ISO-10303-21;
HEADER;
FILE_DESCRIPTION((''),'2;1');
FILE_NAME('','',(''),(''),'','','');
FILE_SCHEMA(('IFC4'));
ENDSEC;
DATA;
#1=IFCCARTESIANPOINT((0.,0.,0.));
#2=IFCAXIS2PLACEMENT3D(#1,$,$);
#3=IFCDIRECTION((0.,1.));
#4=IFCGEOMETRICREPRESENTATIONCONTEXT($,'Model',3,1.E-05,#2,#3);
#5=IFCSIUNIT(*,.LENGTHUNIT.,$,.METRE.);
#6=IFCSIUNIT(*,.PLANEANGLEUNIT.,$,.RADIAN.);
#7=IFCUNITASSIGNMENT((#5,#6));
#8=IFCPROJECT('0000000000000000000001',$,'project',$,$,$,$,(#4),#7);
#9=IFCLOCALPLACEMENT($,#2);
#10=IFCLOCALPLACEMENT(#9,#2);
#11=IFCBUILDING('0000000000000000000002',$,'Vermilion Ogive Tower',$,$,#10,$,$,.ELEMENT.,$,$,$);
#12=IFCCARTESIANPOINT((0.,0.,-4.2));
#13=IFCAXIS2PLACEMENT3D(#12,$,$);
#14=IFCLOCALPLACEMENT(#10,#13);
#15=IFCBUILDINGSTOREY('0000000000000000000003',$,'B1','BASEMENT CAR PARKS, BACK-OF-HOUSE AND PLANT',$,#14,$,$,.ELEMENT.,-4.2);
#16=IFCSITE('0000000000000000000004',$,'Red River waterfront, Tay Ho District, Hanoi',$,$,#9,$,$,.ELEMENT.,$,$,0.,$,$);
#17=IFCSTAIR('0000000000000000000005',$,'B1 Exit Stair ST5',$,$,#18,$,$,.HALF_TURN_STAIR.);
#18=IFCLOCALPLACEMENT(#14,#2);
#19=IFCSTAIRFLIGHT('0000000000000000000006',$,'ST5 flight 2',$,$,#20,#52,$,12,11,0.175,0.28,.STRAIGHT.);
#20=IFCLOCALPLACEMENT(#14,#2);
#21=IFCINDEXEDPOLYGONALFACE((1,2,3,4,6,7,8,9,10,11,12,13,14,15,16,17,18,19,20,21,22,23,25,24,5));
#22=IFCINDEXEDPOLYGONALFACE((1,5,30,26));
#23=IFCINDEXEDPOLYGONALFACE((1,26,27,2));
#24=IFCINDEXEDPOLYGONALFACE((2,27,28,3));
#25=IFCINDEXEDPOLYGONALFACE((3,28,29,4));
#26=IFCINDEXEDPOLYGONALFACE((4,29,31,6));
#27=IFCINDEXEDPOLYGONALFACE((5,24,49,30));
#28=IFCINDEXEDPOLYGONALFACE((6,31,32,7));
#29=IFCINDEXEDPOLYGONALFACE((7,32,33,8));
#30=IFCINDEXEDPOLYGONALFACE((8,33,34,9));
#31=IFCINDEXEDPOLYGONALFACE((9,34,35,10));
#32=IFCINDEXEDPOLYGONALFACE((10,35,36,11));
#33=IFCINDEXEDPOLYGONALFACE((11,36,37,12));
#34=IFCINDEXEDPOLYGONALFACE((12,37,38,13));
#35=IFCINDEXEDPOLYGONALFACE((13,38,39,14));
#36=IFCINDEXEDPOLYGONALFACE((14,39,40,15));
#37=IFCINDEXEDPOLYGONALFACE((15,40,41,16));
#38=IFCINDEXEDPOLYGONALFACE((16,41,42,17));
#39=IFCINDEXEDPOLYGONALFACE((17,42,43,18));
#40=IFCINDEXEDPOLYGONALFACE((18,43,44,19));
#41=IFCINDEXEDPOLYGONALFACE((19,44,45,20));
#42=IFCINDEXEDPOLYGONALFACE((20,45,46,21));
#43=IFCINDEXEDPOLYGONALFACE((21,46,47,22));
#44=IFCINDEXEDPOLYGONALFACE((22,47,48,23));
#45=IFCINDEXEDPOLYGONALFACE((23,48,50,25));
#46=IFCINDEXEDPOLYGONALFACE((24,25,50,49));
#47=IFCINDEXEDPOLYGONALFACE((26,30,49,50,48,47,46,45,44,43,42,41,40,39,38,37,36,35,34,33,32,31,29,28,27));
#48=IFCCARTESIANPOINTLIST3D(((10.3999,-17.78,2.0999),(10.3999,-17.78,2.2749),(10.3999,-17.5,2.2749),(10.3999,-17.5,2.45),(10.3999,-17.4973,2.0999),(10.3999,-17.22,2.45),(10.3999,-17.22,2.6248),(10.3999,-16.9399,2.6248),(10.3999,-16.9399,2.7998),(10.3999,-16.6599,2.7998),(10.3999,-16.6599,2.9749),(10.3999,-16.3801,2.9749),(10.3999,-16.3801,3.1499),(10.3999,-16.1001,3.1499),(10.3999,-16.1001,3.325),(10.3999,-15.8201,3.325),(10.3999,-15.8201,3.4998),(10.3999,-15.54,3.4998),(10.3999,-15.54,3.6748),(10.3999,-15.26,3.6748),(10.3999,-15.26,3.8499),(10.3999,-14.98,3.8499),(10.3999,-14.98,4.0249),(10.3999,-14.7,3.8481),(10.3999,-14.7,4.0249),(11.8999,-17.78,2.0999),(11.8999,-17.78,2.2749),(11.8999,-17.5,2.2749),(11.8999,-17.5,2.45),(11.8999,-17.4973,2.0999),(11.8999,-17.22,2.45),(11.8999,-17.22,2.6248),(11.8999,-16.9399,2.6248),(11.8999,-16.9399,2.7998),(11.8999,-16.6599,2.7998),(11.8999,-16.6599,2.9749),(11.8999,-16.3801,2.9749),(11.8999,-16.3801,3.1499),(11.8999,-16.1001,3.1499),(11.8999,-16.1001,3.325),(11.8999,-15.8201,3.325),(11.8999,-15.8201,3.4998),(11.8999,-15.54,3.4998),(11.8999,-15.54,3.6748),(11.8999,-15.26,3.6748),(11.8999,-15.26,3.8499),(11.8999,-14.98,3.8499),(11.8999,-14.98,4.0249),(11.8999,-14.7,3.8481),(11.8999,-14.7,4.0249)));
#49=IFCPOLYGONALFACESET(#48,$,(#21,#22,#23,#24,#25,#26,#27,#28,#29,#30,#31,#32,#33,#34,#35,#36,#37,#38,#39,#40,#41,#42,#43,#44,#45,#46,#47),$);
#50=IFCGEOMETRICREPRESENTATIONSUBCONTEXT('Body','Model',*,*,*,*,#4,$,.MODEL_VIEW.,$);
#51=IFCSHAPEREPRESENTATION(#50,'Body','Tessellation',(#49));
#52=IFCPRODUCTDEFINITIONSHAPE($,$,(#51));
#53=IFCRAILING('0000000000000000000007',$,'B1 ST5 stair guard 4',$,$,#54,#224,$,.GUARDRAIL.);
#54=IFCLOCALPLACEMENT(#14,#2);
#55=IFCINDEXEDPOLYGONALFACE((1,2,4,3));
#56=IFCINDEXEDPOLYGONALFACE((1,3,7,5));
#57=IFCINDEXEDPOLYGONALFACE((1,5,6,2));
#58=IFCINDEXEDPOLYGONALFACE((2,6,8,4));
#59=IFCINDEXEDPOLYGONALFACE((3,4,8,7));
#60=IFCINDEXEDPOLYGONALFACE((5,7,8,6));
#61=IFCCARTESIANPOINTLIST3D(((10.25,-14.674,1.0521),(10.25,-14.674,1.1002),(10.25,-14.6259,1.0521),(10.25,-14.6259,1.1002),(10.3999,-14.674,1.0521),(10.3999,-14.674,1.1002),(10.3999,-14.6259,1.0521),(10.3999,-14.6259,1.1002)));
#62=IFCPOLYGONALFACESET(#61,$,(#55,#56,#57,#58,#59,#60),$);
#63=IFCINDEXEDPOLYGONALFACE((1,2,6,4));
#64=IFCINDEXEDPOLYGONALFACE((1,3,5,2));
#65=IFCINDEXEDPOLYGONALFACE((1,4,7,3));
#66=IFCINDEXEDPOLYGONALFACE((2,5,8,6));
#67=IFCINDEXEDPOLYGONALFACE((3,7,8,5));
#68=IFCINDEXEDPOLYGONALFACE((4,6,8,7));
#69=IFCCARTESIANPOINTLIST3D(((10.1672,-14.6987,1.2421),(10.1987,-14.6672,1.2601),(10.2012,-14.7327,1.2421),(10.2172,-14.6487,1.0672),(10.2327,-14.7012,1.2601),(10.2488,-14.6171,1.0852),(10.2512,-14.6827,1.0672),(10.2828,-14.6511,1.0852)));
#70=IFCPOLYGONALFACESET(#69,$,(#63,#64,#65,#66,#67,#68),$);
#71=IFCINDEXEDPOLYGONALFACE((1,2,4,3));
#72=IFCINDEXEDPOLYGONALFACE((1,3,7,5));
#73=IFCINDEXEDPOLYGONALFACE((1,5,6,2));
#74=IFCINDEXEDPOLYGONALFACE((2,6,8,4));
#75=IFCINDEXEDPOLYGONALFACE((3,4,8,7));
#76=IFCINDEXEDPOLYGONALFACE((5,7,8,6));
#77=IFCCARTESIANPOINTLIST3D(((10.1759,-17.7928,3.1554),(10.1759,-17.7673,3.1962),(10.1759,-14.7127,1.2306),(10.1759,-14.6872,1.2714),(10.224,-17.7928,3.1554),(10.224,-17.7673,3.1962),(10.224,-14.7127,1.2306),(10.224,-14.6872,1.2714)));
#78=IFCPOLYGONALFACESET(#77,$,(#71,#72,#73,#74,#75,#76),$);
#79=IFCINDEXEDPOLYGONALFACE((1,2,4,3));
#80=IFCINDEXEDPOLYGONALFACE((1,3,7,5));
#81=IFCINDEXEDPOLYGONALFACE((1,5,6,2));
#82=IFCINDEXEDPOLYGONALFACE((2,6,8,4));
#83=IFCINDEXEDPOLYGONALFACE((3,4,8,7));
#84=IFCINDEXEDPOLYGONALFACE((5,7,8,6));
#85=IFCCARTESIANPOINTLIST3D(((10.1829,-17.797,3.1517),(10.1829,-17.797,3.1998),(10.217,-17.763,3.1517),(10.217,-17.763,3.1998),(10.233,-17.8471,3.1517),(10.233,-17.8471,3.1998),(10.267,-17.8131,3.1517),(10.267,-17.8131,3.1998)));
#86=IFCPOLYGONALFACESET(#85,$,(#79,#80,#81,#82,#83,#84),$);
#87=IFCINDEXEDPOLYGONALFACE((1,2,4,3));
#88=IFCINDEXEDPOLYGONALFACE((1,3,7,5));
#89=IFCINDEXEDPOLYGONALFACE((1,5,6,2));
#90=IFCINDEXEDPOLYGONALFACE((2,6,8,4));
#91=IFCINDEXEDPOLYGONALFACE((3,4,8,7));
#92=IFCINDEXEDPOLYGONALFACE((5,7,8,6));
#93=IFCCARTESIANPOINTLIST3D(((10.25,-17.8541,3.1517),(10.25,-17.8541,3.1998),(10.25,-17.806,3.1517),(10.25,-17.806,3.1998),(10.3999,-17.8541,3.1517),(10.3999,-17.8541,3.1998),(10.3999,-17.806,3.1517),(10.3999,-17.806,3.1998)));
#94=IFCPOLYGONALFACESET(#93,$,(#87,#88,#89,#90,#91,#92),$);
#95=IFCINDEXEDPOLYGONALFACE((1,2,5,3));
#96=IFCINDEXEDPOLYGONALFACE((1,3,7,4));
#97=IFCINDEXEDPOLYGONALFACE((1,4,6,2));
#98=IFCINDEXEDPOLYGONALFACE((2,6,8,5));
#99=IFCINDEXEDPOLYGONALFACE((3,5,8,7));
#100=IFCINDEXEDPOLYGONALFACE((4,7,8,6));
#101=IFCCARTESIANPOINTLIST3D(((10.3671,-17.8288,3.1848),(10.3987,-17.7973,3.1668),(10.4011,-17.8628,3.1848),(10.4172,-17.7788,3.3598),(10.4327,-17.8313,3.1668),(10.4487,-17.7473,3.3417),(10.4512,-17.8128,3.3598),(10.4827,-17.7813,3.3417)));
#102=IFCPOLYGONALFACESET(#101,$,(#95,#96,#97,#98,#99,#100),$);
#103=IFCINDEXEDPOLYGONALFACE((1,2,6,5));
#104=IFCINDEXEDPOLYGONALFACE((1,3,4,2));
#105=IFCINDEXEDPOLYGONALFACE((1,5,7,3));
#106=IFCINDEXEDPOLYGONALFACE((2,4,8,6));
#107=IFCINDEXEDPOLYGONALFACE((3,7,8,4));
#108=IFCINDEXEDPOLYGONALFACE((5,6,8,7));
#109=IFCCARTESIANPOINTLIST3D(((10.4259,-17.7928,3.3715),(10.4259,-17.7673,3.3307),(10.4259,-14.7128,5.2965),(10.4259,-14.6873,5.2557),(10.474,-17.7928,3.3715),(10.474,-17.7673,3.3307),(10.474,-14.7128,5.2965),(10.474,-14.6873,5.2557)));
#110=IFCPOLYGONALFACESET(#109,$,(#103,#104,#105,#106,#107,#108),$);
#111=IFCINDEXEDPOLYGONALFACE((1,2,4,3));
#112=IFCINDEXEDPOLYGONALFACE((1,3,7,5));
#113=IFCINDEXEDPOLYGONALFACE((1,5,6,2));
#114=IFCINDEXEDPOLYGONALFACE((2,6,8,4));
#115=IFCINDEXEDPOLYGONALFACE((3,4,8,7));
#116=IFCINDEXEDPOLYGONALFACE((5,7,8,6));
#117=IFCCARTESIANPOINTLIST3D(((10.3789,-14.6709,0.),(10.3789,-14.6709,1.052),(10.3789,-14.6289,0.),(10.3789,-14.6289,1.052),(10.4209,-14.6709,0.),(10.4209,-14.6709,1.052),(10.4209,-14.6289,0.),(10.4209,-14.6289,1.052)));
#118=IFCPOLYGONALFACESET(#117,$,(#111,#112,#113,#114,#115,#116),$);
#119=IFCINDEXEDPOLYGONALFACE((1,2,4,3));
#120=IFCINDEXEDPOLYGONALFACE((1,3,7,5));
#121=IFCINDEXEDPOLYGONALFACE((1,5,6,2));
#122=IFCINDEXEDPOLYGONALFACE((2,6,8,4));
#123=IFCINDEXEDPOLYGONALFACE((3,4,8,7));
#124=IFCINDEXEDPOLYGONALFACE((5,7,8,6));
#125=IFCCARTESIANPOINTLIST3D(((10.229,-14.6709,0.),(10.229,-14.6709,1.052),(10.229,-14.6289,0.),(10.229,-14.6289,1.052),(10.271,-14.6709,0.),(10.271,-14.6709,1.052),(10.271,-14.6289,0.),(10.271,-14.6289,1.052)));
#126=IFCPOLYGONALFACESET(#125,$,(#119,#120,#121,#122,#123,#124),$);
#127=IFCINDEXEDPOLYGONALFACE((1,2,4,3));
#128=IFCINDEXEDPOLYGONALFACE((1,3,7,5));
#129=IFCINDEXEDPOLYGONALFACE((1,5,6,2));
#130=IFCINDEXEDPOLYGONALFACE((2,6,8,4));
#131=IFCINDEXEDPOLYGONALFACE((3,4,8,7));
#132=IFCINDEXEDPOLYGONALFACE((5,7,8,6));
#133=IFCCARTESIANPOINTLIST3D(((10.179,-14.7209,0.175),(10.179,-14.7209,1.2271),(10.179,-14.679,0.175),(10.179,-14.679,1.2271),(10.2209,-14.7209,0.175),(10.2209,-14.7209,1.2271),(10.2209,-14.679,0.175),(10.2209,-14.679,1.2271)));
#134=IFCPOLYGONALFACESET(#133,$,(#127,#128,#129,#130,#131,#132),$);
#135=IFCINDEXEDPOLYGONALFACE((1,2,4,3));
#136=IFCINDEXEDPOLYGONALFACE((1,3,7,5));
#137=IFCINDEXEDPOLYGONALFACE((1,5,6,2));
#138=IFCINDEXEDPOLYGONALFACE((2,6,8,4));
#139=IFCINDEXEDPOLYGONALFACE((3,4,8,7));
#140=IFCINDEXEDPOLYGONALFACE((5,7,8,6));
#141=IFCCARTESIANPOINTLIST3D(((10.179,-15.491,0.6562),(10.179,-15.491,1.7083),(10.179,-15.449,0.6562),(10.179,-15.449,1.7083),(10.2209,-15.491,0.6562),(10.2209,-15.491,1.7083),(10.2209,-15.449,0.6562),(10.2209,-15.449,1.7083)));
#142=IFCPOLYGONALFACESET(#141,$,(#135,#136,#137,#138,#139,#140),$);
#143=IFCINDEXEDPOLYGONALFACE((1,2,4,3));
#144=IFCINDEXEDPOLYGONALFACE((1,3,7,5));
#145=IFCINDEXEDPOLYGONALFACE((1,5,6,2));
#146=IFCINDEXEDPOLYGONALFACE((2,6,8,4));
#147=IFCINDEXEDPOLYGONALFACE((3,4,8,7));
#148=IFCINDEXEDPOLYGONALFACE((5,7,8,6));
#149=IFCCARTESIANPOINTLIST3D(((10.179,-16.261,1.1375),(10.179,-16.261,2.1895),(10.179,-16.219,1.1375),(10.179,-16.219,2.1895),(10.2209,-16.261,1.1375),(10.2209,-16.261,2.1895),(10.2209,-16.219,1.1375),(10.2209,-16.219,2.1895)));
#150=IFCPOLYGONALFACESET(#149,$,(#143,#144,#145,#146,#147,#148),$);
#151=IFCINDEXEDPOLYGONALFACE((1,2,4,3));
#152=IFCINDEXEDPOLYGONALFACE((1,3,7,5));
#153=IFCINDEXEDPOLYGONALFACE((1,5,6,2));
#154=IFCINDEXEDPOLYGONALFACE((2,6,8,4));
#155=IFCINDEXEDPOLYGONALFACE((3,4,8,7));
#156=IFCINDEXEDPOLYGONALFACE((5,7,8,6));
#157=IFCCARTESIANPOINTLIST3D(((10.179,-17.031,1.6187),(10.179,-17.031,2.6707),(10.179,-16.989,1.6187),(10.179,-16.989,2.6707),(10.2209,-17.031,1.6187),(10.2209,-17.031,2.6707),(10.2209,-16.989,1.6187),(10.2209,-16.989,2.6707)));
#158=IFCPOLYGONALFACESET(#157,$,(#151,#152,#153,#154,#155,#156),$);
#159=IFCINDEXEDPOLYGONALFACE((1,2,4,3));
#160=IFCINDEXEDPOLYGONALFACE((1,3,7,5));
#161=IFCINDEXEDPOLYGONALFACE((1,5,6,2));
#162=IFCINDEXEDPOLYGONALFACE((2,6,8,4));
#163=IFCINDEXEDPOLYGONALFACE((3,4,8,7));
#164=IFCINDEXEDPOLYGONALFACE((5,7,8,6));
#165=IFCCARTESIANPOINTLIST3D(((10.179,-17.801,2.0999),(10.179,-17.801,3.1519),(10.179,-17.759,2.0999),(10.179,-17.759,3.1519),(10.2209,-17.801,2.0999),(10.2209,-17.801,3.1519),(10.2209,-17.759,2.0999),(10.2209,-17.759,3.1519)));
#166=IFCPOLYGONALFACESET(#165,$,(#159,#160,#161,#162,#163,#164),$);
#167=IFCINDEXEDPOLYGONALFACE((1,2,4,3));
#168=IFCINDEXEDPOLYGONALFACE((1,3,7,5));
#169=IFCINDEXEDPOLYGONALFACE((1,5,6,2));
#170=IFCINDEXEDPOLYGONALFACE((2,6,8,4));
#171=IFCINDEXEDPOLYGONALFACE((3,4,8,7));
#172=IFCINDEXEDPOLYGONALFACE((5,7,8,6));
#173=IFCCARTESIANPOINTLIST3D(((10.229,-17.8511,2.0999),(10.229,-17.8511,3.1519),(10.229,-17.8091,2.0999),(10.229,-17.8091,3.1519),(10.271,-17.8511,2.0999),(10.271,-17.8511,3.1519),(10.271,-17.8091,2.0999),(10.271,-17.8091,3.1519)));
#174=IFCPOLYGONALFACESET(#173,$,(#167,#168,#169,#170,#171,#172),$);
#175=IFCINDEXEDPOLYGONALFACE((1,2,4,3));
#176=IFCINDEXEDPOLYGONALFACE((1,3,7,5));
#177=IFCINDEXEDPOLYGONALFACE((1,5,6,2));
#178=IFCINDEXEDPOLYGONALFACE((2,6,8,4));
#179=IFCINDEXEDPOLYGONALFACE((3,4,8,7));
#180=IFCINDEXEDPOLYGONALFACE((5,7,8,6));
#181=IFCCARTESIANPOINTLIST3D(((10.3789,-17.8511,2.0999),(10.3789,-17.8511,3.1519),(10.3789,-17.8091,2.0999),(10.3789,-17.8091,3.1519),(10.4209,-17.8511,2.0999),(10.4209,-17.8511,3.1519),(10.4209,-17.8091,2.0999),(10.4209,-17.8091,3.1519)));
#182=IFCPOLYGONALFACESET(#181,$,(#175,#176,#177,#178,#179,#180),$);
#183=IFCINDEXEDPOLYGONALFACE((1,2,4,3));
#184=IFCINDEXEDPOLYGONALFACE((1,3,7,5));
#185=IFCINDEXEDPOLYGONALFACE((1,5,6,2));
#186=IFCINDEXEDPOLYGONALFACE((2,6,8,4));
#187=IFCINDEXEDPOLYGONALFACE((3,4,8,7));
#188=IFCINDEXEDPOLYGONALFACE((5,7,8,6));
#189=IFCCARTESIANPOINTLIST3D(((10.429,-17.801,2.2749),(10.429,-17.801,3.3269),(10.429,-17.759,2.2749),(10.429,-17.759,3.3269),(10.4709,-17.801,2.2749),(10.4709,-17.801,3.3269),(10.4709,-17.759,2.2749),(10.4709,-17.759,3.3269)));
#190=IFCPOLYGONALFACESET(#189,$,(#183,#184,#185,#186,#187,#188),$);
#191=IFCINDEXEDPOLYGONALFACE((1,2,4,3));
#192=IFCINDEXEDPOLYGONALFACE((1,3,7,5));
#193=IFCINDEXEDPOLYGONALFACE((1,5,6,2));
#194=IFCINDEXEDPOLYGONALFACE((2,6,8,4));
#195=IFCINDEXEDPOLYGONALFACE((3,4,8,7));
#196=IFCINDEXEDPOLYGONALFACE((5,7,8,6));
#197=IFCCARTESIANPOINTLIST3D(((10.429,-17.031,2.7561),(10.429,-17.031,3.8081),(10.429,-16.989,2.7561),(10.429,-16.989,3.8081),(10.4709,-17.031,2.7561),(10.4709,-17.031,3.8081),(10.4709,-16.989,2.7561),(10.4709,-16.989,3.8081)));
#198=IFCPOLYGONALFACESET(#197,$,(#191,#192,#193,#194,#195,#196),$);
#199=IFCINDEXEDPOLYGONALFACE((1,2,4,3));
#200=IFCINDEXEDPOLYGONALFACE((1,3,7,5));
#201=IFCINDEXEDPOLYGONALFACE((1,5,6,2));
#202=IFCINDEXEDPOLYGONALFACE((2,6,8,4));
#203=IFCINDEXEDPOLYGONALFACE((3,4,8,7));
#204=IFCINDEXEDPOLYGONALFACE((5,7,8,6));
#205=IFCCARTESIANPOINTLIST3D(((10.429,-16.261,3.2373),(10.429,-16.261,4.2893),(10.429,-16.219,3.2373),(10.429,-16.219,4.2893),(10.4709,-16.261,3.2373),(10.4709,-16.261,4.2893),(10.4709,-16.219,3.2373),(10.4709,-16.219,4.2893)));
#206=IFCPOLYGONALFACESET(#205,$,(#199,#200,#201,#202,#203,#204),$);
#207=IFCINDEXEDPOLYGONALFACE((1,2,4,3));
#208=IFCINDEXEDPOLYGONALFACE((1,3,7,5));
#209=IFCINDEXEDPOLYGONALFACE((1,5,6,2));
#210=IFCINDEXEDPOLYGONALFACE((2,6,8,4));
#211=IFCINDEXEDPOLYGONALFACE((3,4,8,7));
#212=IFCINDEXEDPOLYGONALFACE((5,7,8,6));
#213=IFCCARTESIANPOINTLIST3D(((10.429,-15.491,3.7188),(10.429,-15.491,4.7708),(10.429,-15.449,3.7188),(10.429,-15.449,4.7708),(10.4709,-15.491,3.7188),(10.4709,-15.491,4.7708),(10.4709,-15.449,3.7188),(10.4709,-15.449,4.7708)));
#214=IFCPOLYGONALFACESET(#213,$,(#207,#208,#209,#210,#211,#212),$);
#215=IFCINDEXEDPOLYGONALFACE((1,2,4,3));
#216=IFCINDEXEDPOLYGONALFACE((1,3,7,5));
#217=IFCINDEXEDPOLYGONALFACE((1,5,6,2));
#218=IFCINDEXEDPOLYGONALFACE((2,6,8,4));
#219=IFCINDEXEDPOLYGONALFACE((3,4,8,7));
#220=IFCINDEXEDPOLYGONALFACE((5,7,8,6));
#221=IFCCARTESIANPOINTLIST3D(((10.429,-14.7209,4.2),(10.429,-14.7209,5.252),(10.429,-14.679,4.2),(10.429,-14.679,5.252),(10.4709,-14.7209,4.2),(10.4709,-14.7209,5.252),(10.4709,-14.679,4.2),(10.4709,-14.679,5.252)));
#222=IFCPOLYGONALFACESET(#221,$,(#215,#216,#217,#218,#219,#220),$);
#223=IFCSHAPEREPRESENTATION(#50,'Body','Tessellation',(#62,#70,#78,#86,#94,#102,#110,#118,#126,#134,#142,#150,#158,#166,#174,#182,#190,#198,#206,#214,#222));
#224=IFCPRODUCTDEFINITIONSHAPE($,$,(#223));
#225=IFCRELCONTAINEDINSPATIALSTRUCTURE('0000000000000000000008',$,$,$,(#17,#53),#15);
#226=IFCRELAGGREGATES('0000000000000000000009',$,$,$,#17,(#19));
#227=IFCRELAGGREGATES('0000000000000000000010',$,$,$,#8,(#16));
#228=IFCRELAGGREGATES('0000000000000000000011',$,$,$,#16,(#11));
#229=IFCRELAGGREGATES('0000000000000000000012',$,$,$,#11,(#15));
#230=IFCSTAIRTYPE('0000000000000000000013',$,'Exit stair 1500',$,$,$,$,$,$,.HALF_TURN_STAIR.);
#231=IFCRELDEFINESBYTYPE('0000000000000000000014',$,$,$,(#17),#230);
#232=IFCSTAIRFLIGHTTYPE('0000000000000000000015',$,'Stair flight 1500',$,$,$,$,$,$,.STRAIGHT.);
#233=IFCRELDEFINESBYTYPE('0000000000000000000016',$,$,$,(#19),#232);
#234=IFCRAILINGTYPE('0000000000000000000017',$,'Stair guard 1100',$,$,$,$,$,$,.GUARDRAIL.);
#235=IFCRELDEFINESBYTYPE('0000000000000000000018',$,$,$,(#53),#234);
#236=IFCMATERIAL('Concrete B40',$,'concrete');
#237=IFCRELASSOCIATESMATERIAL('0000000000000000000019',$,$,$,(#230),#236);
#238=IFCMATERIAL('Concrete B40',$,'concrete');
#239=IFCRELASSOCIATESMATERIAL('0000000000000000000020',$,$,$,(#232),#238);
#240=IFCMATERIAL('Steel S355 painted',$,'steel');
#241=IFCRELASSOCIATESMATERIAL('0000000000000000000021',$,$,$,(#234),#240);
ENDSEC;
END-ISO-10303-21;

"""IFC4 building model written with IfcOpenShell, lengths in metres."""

from ifc_helpers import new_model, si_unit, direction, frame, origin, origin_2d, place, context, subcontext, project, spatial, polyline, rectangle, outline, extrude, material, type_object, element, aggregate, save


model = new_model("IFC4")

# Units and contexts
model_context = context("Model", 3, precision=1e-05, world=origin(), true_north=direction((0.0, 1.0)))
body_context = subcontext(model_context, "Body", "Model", "MODEL_VIEW")
ifc_project = project(units=[si_unit("LENGTHUNIT", "METRE"), si_unit("PLANEANGLEUNIT", "RADIAN")], contexts=[model_context])

# Site, building, storey
site_placement = place(None, origin())
site = spatial("IfcSite", under=ifc_project, at=site_placement, Name="Red River waterfront, Tay Ho District, Hanoi", CompositionType="ELEMENT", RefElevation=0.0)
building_placement = place(site_placement, origin())
building = spatial("IfcBuilding", under=site, at=building_placement, Name="Vermilion Ogive Tower", CompositionType="ELEMENT")
storey_placement = place(building_placement, frame((0.0, 0.0, -4.2)))
storey = spatial("IfcBuildingStorey", under=building, at=storey_placement, Name="B1", Description="BASEMENT CAR PARKS, BACK-OF-HOUSE AND PLANT", CompositionType="ELEMENT", Elevation=-4.2)

# Stair, stair flight
ifc_material_1 = material(Name="Concrete B40", Category="concrete")
stair_type = type_object("IfcStairType", Name="Exit stair 1500", PredefinedType="HALF_TURN_STAIR", material=ifc_material_1)
stair_placement = place(storey_placement, origin())
stair = element("IfcStair", 1, at=stair_placement, inside=storey, type_object=stair_type, Name="B1 Exit Stair ST5", PredefinedType="HALF_TURN_STAIR")
ifc_material_2 = material(Name="Concrete B40", Category="concrete")
stair_flight_type = type_object("IfcStairFlightType", Name="Stair flight 1500", PredefinedType="STRAIGHT", material=ifc_material_2)
stair_flight_1_placement = place(storey_placement, frame((11.1499, -17.78, 2.0999), z_axis=(0.0, 0.0, 1.0), x_axis=(0.0, 1.0, 0.0)))
stair_flight_1 = element("IfcStairFlight", 2, at=stair_flight_1_placement, type_object=stair_flight_type, Name="ST5 flight 2", NumberOfRisers=12, NumberOfTreads=11, PredefinedType="STRAIGHT", RiserHeight=0.175, TreadLength=0.28, context=body_context, shape_type="SweptSolid", body=[
    extrude(outline(polyline([(0.0, 0.0), (0.0, 0.175), (0.28, 0.175), (0.28, 0.3501), (0.5601, 0.3501), (0.5601, 0.5249), (0.8401, 0.5249), (0.8401, 0.7), (1.1201, 0.7), (1.1201, 0.875), (1.3999, 0.875), (1.3999, 1.05), (1.6799, 1.05), (1.6799, 1.2251), (1.96, 1.2251), (1.96, 1.3999), (2.24, 1.3999), (2.24, 1.575), (2.52, 1.575), (2.52, 1.75), (2.8, 1.75), (2.8, 1.925), (3.0801, 1.925), (3.0801, 2.1001), (3.0801, 1.7483), (0.2827, 0.0), (0.0, 0.0)])), frame((0.0, 0.75, 0.0), z_axis=(0.0, -1.0, 0.0), x_axis=(1.0, 0.0, 0.0)), (0.0, 0.0, 1.0), 1.5),
])
aggregate(stair, [stair_flight_1])

# Railing
ifc_material_3 = material(Name="Steel S355 painted", Category="steel")
railing_type_1 = type_object("IfcRailingType", Name="Stair guard 1100", PredefinedType="GUARDRAIL", material=ifc_material_3)
railing_1_placement = place(storey_placement, frame((10.3999, -14.6499, 0.0)))
element("IfcRailing", 3, at=railing_1_placement, inside=storey, type_object=railing_type_1, Name="B1 ST5 stair guard 4", PredefinedType="GUARDRAIL", context=body_context, shape_type="SweptSolid", body=[
    extrude(rectangle(XDim=0.0481, YDim=0.0481, at=origin_2d()), frame((0.0, 0.0, 1.0762), z_axis=(-1.0, 0.0, 0.0), x_axis=(0.0, -1.0, 0.0)), (0.0, 0.0, 1.0), 0.1499),
    extrude(rectangle(XDim=0.0481, YDim=0.0481, at=origin_2d()), frame((-0.1499, 0.0, 1.0762), z_axis=(-0.265065, -0.265065, 0.927082), x_axis=(0.707107, -0.707107, 0.0)), (0.0, 0.0, 1.0), 0.1887),
    extrude(rectangle(XDim=0.0481, YDim=0.0481, at=origin_2d()), frame((-0.2, -0.05, 1.251), z_axis=(0.0, -0.848029, 0.529951), x_axis=(1.0, 0.0, 0.0)), (0.0, 0.0, 1.0), 3.6321),
    extrude(rectangle(XDim=0.0481, YDim=0.0481, at=origin_2d()), frame((-0.2, -3.1301, 3.1758), z_axis=(0.707107, -0.707107, 0.0), x_axis=(0.707107, 0.707107, 0.0)), (0.0, 0.0, 1.0), 0.0708),
    extrude(rectangle(XDim=0.0481, YDim=0.0481, at=origin_2d()), frame((-0.1499, -3.1802, 3.1758), z_axis=(1.0, 0.0, 0.0), x_axis=(0.0, 1.0, 0.0)), (0.0, 0.0, 1.0), 0.1499),
    extrude(rectangle(XDim=0.0481, YDim=0.0481, at=origin_2d()), frame((0.0, -3.1802, 3.1758), z_axis=(0.265065, 0.265065, 0.927082), x_axis=(-0.707107, 0.707107, 0.0)), (0.0, 0.0, 1.0), 0.1887),
    extrude(rectangle(XDim=0.0481, YDim=0.0481, at=origin_2d()), frame((0.05, -3.1301, 3.3511), z_axis=(0.0, 0.847998, 0.529999), x_axis=(-1.0, 0.0, 0.0)), (0.0, 0.0, 1.0), 3.6321),
    extrude(rectangle(XDim=0.042, YDim=0.042, at=origin_2d()), origin(), (0.0, 0.0, 1.0), 1.052),
    extrude(rectangle(XDim=0.042, YDim=0.042, at=origin_2d()), frame((-0.1499, 0.0, 0.0)), (0.0, 0.0, 1.0), 1.052),
    extrude(rectangle(XDim=0.042, YDim=0.042, at=origin_2d()), frame((-0.2, -0.05, 0.175)), (0.0, 0.0, 1.0), 1.052),
    extrude(rectangle(XDim=0.042, YDim=0.042, at=origin_2d()), frame((-0.2, -0.8201, 0.6562)), (0.0, 0.0, 1.0), 1.052),
    extrude(rectangle(XDim=0.042, YDim=0.042, at=origin_2d()), frame((-0.2, -1.5901, 1.1375)), (0.0, 0.0, 1.0), 1.052),
    extrude(rectangle(XDim=0.042, YDim=0.042, at=origin_2d()), frame((-0.2, -2.3601, 1.6187)), (0.0, 0.0, 1.0), 1.052),
    extrude(rectangle(XDim=0.042, YDim=0.042, at=origin_2d()), frame((-0.2, -3.1301, 2.0999)), (0.0, 0.0, 1.0), 1.052),
    extrude(rectangle(XDim=0.042, YDim=0.042, at=origin_2d()), frame((-0.1499, -3.1802, 2.0999)), (0.0, 0.0, 1.0), 1.052),
    extrude(rectangle(XDim=0.042, YDim=0.042, at=origin_2d()), frame((0.0, -3.1802, 2.0999)), (0.0, 0.0, 1.0), 1.052),
    extrude(rectangle(XDim=0.042, YDim=0.042, at=origin_2d()), frame((0.05, -3.1301, 2.2749)), (0.0, 0.0, 1.0), 1.052),
    extrude(rectangle(XDim=0.042, YDim=0.042, at=origin_2d()), frame((0.05, -2.3601, 2.7561)), (0.0, 0.0, 1.0), 1.052),
    extrude(rectangle(XDim=0.042, YDim=0.042, at=origin_2d()), frame((0.05, -1.5901, 3.2373)), (0.0, 0.0, 1.0), 1.052),
    extrude(rectangle(XDim=0.042, YDim=0.042, at=origin_2d()), frame((0.05, -0.8201, 3.7188)), (0.0, 0.0, 1.0), 1.052),
    extrude(rectangle(XDim=0.042, YDim=0.042, at=origin_2d()), frame((0.05, -0.05, 4.2)), (0.0, 0.0, 1.0), 1.052),
])

save(model, "model.ifc")
